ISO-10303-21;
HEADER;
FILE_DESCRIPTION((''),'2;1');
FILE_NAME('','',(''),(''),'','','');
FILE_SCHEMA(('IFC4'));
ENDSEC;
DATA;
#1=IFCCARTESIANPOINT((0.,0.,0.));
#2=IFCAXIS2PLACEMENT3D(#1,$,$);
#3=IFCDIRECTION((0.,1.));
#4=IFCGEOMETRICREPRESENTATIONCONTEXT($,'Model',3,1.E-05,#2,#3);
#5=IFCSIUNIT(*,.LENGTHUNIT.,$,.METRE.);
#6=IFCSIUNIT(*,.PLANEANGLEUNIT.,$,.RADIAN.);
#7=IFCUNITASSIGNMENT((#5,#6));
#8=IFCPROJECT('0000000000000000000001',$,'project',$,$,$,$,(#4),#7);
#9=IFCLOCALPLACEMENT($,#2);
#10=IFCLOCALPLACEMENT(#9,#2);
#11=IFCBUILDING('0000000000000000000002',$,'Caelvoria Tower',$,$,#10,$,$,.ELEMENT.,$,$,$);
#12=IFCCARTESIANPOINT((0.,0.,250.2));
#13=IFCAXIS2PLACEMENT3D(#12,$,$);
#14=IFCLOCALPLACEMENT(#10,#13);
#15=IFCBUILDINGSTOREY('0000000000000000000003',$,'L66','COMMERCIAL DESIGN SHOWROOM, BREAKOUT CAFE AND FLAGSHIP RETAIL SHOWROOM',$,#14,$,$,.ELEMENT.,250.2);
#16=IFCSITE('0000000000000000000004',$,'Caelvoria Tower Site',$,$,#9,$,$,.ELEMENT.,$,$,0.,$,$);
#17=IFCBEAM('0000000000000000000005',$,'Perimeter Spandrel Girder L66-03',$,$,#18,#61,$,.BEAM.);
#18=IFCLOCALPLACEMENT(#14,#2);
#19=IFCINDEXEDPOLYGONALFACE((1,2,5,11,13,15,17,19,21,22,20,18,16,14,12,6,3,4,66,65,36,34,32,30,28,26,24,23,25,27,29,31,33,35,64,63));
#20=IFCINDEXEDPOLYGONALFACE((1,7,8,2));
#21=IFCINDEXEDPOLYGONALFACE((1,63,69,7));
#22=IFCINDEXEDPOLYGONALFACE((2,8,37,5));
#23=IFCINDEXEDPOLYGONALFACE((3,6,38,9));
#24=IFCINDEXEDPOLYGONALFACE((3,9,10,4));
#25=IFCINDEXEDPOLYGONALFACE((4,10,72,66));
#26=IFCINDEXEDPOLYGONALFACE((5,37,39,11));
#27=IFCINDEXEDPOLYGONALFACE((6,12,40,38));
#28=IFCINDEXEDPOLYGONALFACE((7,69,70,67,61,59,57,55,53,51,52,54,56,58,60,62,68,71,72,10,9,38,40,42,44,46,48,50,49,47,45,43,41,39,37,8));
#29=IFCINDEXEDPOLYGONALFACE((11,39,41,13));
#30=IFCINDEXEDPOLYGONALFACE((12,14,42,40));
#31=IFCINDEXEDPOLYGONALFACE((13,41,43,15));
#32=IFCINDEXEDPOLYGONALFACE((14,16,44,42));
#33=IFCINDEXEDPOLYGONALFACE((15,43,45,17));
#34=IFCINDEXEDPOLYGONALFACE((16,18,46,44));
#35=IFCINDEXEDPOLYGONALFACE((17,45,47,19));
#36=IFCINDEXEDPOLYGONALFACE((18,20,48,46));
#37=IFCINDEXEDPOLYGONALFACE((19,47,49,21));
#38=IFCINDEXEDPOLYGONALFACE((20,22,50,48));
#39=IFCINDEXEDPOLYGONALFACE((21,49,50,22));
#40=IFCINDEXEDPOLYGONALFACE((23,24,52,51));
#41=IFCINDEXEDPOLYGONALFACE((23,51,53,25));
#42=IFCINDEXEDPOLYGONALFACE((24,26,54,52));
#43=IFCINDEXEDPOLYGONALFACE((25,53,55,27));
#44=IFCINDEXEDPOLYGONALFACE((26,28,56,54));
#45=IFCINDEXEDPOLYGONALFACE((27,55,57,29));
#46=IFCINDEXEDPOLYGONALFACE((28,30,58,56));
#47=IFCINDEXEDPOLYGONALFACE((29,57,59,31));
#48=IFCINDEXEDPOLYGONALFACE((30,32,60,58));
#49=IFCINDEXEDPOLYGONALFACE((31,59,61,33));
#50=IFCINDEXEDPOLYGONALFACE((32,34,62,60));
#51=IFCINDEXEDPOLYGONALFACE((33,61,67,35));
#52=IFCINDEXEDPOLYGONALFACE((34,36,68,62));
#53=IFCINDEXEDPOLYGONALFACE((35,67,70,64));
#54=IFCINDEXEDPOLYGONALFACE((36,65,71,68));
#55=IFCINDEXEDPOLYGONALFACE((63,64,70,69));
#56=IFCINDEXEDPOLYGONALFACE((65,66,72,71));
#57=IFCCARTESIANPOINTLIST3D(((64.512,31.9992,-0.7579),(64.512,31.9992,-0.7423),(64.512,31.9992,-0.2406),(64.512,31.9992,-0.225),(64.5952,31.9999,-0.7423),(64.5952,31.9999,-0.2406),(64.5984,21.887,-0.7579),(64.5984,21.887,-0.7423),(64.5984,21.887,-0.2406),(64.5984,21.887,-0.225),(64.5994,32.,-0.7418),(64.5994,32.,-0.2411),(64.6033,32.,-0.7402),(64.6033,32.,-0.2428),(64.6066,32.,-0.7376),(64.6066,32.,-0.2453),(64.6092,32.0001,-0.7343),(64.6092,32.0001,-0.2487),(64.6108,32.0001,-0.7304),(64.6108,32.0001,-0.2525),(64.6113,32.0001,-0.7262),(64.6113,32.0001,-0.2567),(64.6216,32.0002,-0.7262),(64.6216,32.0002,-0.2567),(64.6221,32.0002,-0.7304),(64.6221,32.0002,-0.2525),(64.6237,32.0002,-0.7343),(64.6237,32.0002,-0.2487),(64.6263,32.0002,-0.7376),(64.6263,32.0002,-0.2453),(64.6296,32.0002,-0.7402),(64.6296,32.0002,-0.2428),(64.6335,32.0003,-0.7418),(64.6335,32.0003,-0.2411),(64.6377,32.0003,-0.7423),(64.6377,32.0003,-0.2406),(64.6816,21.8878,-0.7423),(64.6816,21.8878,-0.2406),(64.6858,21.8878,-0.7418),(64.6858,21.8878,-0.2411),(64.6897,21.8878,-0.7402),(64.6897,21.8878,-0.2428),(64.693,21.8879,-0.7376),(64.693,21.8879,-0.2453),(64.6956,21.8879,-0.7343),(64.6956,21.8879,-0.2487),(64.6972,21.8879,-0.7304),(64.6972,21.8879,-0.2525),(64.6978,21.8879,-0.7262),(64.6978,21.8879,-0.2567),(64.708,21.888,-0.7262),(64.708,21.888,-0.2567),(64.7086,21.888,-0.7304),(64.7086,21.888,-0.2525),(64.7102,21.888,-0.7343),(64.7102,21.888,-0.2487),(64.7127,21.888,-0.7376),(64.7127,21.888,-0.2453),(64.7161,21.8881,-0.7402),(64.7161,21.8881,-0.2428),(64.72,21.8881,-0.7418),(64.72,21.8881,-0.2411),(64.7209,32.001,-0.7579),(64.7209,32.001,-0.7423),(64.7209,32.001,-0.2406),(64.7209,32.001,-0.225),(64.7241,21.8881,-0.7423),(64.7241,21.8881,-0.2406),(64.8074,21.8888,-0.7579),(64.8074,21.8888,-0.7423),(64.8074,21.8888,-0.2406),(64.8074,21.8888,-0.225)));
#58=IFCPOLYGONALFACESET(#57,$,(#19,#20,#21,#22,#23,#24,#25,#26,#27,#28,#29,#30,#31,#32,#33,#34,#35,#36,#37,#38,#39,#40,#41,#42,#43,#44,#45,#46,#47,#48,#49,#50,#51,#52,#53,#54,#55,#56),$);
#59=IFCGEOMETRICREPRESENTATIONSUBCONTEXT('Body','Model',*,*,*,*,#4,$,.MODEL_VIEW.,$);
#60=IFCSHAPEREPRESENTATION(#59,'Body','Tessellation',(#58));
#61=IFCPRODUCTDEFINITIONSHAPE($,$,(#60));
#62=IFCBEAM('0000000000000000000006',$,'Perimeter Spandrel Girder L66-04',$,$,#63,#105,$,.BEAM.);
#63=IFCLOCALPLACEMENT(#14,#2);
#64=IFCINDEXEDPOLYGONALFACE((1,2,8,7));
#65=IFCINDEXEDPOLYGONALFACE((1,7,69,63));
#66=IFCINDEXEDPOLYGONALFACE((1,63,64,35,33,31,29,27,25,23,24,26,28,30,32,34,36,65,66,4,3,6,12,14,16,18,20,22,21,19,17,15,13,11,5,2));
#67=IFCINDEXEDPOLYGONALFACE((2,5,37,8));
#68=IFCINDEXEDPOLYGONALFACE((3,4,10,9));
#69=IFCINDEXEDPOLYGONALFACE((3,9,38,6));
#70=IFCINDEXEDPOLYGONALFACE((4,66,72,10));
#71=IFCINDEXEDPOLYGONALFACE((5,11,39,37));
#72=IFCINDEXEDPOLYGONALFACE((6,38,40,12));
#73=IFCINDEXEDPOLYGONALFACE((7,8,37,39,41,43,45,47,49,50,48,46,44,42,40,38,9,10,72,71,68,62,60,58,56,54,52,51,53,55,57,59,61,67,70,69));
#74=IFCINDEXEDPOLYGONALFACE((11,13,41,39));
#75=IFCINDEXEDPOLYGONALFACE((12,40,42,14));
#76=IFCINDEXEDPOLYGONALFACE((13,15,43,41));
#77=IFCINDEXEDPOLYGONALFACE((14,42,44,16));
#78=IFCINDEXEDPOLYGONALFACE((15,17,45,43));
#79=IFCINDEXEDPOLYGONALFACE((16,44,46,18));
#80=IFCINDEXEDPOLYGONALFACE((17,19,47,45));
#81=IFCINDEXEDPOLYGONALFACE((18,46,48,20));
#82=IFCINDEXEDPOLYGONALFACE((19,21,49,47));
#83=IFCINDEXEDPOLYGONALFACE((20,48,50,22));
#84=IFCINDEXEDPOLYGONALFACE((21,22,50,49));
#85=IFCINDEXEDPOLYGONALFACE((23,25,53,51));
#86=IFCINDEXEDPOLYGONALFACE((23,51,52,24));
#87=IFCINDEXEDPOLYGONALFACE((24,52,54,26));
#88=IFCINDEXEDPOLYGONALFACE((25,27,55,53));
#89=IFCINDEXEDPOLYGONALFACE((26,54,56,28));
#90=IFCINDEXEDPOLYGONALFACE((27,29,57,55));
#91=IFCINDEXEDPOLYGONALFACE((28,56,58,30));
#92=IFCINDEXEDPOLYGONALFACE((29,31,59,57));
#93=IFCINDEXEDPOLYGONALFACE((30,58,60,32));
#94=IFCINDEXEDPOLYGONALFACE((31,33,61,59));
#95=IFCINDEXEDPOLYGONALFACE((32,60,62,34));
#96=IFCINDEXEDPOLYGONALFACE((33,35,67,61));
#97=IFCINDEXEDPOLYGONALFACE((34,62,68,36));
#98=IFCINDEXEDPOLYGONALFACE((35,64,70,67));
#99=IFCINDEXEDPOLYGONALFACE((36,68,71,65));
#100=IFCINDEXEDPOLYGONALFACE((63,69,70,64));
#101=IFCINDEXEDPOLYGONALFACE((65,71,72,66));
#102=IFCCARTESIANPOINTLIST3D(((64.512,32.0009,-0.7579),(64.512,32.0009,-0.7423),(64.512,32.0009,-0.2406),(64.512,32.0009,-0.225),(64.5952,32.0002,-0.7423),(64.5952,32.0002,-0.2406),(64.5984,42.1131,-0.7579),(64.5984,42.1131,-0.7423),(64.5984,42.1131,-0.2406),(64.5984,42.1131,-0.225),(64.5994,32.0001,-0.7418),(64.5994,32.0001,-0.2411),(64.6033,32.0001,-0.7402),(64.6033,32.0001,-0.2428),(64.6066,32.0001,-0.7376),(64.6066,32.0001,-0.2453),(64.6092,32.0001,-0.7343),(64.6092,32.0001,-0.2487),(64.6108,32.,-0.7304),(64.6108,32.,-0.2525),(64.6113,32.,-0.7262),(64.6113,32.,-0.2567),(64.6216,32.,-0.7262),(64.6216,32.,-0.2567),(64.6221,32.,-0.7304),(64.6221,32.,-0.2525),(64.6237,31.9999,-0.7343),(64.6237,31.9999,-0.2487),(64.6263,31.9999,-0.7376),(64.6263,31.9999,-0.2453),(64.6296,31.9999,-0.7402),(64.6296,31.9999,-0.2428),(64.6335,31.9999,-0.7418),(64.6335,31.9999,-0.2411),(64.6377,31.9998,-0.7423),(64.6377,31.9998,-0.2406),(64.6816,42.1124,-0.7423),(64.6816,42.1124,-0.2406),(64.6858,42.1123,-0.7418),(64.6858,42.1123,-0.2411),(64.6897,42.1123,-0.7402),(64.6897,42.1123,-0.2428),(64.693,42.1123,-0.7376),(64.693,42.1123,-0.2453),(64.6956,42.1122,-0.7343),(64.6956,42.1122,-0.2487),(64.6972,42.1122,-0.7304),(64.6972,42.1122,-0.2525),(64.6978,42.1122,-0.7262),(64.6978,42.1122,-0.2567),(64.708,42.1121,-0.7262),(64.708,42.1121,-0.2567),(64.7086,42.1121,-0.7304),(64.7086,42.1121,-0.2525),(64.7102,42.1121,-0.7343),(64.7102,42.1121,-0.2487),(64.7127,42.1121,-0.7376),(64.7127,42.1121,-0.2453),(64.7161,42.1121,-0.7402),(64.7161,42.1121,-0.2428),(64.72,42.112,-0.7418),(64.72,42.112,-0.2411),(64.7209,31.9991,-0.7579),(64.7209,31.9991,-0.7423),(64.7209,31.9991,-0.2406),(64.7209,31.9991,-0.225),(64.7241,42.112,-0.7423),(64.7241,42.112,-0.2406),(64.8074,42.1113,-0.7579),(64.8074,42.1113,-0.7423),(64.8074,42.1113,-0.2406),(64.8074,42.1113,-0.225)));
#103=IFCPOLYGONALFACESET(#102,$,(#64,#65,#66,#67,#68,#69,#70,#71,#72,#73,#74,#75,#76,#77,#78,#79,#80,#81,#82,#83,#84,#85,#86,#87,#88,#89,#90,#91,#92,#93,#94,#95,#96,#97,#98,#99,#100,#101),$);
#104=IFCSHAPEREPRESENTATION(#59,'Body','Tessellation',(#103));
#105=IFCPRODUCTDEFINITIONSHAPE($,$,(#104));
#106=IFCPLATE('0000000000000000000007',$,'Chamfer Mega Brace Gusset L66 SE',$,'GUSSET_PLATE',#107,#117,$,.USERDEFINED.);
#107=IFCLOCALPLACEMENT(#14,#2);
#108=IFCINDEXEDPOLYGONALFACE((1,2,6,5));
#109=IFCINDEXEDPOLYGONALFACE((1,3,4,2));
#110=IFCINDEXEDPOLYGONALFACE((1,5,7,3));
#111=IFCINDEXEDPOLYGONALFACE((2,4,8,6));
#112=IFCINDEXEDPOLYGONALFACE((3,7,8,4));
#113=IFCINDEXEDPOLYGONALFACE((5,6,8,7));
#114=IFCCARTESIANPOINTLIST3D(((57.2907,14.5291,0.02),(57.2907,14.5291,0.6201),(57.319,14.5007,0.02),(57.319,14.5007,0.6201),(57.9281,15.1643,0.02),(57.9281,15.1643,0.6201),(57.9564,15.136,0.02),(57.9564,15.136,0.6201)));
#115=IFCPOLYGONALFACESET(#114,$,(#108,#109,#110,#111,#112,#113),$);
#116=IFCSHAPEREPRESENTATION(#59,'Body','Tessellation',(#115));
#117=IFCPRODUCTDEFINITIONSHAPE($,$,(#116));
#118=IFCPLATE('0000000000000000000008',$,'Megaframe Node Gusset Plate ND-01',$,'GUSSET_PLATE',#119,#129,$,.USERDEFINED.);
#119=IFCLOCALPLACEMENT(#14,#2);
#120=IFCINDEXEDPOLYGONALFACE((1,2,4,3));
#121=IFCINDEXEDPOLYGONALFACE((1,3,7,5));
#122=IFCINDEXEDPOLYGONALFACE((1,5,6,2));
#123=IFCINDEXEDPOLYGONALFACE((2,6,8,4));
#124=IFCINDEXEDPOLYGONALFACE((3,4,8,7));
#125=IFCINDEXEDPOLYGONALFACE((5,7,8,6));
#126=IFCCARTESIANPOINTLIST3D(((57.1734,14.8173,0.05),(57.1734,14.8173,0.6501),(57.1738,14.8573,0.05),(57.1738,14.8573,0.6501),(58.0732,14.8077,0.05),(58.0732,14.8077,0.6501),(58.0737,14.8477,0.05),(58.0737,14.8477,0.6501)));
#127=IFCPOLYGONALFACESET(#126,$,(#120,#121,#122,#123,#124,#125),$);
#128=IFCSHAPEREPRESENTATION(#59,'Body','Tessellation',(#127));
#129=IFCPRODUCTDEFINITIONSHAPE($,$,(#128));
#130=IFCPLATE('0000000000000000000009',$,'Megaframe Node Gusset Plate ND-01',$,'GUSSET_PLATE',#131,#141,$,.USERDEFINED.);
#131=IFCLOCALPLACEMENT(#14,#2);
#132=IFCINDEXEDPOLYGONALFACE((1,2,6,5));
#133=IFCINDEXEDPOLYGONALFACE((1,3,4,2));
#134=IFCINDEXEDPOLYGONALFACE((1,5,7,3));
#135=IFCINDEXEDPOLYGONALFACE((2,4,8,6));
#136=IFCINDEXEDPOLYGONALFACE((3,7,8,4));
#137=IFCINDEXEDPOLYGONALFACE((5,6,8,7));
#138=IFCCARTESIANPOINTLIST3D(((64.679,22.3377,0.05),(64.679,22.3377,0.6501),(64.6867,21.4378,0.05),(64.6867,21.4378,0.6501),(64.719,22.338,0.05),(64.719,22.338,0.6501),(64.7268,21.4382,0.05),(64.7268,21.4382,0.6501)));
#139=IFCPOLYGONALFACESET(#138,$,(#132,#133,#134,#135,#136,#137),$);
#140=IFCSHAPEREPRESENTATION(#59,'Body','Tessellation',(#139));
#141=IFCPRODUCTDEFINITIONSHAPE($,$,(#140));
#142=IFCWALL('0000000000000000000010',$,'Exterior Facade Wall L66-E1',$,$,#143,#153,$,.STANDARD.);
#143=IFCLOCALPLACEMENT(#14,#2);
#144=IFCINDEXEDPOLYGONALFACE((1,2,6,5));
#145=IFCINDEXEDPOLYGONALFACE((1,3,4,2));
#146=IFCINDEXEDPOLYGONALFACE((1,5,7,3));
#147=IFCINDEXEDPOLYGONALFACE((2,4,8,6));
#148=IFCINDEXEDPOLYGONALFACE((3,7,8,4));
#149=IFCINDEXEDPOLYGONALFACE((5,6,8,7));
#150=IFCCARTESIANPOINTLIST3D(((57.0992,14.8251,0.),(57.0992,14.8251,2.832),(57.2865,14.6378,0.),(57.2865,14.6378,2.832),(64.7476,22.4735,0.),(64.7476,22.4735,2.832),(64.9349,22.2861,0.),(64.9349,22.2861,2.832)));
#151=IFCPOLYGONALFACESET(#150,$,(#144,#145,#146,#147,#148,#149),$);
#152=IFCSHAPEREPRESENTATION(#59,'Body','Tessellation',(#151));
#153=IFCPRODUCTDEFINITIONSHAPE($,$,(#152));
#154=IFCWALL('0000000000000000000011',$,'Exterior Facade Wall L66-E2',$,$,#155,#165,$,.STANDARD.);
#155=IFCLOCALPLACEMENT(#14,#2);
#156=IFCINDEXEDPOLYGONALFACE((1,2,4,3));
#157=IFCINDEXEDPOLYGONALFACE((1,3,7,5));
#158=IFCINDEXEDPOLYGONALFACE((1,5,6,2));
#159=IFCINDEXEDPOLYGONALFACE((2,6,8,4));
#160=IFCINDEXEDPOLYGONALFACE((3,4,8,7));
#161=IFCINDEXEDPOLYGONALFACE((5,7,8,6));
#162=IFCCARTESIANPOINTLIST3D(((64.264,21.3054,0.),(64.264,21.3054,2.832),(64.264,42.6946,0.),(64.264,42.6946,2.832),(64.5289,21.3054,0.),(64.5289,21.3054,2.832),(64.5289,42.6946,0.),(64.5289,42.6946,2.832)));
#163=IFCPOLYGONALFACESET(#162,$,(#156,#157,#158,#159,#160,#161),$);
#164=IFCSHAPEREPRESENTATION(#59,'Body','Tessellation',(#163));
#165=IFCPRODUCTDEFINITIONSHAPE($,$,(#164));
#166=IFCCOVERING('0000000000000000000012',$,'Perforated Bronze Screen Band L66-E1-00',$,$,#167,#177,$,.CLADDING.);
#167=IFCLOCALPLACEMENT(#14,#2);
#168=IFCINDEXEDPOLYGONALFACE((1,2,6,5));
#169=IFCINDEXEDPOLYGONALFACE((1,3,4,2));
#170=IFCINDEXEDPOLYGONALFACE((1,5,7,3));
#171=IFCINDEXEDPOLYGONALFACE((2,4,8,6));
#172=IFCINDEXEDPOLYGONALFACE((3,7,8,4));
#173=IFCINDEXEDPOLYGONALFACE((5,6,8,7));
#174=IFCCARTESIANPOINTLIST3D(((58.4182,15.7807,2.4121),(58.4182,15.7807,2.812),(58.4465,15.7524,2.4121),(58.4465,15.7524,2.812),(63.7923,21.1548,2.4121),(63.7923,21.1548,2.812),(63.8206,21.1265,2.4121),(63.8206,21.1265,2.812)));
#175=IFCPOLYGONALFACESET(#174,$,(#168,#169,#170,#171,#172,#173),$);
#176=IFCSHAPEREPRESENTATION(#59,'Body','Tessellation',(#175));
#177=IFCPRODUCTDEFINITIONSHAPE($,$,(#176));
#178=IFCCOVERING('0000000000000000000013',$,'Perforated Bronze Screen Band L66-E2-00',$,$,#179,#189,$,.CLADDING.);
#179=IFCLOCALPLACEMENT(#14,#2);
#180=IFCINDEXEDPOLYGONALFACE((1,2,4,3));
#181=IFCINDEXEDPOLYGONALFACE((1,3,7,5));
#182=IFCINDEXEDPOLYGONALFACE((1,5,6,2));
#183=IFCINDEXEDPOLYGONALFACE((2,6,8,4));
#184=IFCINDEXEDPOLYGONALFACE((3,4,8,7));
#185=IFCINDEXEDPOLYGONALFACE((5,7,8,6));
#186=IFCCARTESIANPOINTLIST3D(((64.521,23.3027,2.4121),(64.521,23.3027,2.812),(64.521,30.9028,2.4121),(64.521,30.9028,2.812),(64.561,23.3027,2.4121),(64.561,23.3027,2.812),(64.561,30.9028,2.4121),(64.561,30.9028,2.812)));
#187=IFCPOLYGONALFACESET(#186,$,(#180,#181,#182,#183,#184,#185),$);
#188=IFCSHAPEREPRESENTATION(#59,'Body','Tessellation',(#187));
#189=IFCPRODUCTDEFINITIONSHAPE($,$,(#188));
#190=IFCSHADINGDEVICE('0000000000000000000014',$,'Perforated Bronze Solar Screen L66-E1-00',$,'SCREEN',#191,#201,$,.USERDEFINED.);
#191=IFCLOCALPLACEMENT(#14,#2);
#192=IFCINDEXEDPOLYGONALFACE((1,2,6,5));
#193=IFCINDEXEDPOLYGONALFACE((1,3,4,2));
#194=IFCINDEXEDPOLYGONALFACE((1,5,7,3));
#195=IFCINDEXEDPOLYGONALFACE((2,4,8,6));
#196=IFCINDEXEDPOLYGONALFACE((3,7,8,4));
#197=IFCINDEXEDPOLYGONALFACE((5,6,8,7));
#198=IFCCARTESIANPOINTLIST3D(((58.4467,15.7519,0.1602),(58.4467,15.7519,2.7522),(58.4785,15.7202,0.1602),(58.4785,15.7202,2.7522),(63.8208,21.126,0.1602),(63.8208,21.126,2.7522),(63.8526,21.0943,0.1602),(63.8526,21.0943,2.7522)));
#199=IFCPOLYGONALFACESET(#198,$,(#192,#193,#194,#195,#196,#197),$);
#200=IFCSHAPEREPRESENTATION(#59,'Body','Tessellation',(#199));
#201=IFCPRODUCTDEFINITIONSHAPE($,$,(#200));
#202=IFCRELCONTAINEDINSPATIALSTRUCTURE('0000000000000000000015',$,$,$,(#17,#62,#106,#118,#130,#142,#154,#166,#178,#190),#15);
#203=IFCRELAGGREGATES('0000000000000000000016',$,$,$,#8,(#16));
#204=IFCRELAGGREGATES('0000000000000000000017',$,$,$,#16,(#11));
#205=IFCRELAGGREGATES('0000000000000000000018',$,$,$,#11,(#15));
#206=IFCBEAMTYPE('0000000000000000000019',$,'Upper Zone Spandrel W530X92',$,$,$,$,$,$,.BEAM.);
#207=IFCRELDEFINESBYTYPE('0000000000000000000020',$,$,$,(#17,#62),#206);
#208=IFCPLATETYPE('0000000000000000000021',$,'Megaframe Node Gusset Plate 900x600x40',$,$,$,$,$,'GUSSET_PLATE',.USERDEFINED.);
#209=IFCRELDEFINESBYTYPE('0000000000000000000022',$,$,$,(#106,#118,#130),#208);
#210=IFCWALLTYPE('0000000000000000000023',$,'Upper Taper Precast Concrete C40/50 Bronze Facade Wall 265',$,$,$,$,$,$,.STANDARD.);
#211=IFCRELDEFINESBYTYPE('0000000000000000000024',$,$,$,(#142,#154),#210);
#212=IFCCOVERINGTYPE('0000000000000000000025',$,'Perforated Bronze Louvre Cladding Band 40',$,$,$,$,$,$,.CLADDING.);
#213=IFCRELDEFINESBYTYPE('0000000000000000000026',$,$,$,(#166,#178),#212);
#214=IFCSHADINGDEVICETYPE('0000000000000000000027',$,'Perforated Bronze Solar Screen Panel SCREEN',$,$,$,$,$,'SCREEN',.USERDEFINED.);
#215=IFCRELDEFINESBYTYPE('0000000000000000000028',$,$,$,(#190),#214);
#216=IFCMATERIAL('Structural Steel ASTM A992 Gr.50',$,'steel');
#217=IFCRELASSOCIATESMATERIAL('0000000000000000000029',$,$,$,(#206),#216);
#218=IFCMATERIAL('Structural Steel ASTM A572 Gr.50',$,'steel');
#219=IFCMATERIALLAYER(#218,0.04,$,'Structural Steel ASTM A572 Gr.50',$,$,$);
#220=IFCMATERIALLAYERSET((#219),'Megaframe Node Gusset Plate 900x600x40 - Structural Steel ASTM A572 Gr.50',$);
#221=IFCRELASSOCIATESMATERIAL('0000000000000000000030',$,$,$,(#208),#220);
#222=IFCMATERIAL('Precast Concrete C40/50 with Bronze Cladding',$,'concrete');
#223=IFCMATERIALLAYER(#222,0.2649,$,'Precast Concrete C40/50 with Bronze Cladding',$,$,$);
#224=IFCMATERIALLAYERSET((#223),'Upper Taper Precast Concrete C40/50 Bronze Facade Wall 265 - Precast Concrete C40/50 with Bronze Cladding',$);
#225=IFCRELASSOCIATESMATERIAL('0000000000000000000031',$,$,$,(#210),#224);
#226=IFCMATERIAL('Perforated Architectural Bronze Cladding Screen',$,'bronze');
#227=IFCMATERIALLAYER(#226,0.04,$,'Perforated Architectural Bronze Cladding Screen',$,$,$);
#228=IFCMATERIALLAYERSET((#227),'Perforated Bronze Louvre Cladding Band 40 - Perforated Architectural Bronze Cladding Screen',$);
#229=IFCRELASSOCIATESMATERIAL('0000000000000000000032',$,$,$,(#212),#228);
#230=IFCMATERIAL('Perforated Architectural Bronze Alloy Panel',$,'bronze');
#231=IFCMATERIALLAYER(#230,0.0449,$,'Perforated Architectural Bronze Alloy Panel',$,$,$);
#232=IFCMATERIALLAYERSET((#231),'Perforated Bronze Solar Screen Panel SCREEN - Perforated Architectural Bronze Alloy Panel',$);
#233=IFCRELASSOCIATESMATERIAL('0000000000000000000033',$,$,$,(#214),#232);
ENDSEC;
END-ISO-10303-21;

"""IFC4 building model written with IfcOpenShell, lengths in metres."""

from ifc_helpers import new_model, si_unit, direction, frame, frame_2d, origin, origin_2d, place, context, subcontext, project, spatial, rectangle, i_section, extrude, material, layer, layer_set, material_profile, profile_set, type_object, element, save


model = new_model("IFC4")

# Units and contexts
model_context = context("Model", 3, precision=1e-05, world=origin(), true_north=direction((0.0, 1.0)))
body_context = subcontext(model_context, "Body", "Model", "MODEL_VIEW")
ifc_project = project(units=[si_unit("LENGTHUNIT", "METRE"), si_unit("PLANEANGLEUNIT", "RADIAN")], contexts=[model_context])

# Site, building, storey
site_placement = place(None, origin())
site = spatial("IfcSite", under=ifc_project, at=site_placement, Name="Caelvoria Tower Site", CompositionType="ELEMENT", RefElevation=0.0)
building_placement = place(site_placement, origin())
building = spatial("IfcBuilding", under=site, at=building_placement, Name="Caelvoria Tower", CompositionType="ELEMENT")
storey_placement = place(building_placement, frame((0.0, 0.0, 250.2)))
storey = spatial("IfcBuildingStorey", under=building, at=storey_placement, Name="L66", Description="COMMERCIAL DESIGN SHOWROOM, BREAKOUT CAFE AND FLAGSHIP RETAIL SHOWROOM", CompositionType="ELEMENT", Elevation=250.2)

# Shared definitions
ifc_material_1 = material(Name="Structural Steel ASTM A572 Gr.50", Category="steel")
ifc_material_2 = material(Name="Structural Steel ASTM A992 Gr.50", Category="steel")

# Beams
ifc_material_profile_1 = material_profile(ifc_material_2, i_section(OverallWidth=0.209, OverallDepth=0.533, WebThickness=0.0103, FlangeThickness=0.0156, FilletRadius=0.0161, at=origin_2d()), Name="Structural Steel ASTM A992 Gr.50")
ifc_profile_set_1 = profile_set([ifc_material_profile_1], Name="W530X92 - Structural Steel ASTM A992 Gr.50")
beam_type_1 = type_object("IfcBeamType", Name="Upper Zone Spandrel W530X92", PredefinedType="BEAM", material=ifc_profile_set_1)
for number, where, z_axis, x_axis, name in (
    (1, (64.7029, 21.8879, -0.4915), (-0.008546, 0.999963, 0.0), (-0.999963, -0.008546, 0.0), "Perimeter Spandrel Girder L66-03"),
    (2, (64.6165, 32.0, -0.4915), (0.008546, 0.999963, 0.0), (-0.999963, 0.008546, 0.0), "Perimeter Spandrel Girder L66-04"),
):
    element("IfcBeam", number, at=place(storey_placement, frame(where, z_axis=z_axis, x_axis=x_axis)), inside=storey, type_object=beam_type_1, Name=name, PredefinedType="BEAM", context=body_context, shape_type="SweptSolid", body=[
        extrude(i_section(OverallWidth=0.209, OverallDepth=0.533, WebThickness=0.0103, FlangeThickness=0.0156, FilletRadius=0.0161, at=origin_2d()), origin(), (0.0, 0.0, 1.0), 10.1125),
    ])

# Plates
ifc_layer_1 = layer(ifc_material_1, 0.04, Name="Structural Steel ASTM A572 Gr.50")
ifc_layer_set_1 = layer_set([ifc_layer_1], Name="Megaframe Node Gusset Plate 900x600x40 - Structural Steel ASTM A572 Gr.50")
plate_type = type_object("IfcPlateType", Name="Megaframe Node Gusset Plate 900x600x40", ElementType="GUSSET_PLATE", PredefinedType="USERDEFINED", material=ifc_layer_set_1)
for number, where, z_axis, x_axis, name in (
    (3, (57.6235, 14.8325, 0.02), (0.0, 0.0, 1.0), (0.708312, 0.7059, 0.0), "Chamfer Mega Brace Gusset L66 SE"),
    (4, (57.6235, 14.8325, 0.05), (0.0, 0.0, 1.0), (-0.999943, 0.01065, 0.0), "Megaframe Node Gusset Plate ND-01"),
    (5, (64.7029, 21.8879, 0.05), (0.0, 0.0, 1.0), (-0.008564, 0.999963, 0.0), "Megaframe Node Gusset Plate ND-01"),
):
    element("IfcPlate", number, at=place(storey_placement, frame(where, z_axis=z_axis, x_axis=x_axis)), inside=storey, type_object=plate_type, Name=name, ObjectType="GUSSET_PLATE", PredefinedType="USERDEFINED", context=body_context, shape_type="SweptSolid", body=[
        extrude(rectangle(XDim=0.8999, YDim=0.04, at=origin_2d()), origin(), (0.0, 0.0, 1.0), 0.6001),
    ])

# Walls
ifc_material_3 = material(Name="Precast Concrete C40/50 with Bronze Cladding", Category="concrete")
ifc_layer_2 = layer(ifc_material_3, 0.2649, Name="Precast Concrete C40/50 with Bronze Cladding")
ifc_layer_set_2 = layer_set([ifc_layer_2], Name="Upper Taper Precast Concrete C40/50 Bronze Facade Wall 265 - Precast Concrete C40/50 with Bronze Cladding")
wall_type = type_object("IfcWallType", Name="Upper Taper Precast Concrete C40/50 Bronze Facade Wall 265", PredefinedType="STANDARD", material=ifc_layer_set_2)
wall_1_placement = place(storey_placement, frame((57.1929, 14.7314, 0.0), z_axis=(0.0, 0.0, 1.0), x_axis=(0.707107, 0.707107, 0.0)))
element("IfcWall", 6, at=wall_1_placement, inside=storey, type_object=wall_type, Name="Exterior Facade Wall L66-E1", PredefinedType="STANDARD", context=body_context, shape_type="SweptSolid", body=[
    extrude(rectangle(XDim=10.8164, YDim=0.2649, at=frame_2d((5.4082, 0.0))), origin(), (0.0, 0.0, 1.0), 2.832),
])
wall_2_placement = place(storey_placement, frame((64.3965, 21.3054, 0.0), z_axis=(0.0, 0.0, 1.0), x_axis=(0.0, 1.0, 0.0)))
element("IfcWall", 7, at=wall_2_placement, inside=storey, type_object=wall_type, Name="Exterior Facade Wall L66-E2", PredefinedType="STANDARD", context=body_context, shape_type="SweptSolid", body=[
    extrude(rectangle(XDim=21.3892, YDim=0.2649, at=frame_2d((10.6946, 0.0))), origin(), (0.0, 0.0, 1.0), 2.832),
])

# Coverings
ifc_material_4 = material(Name="Perforated Architectural Bronze Cladding Screen", Category="bronze")
ifc_layer_3 = layer(ifc_material_4, 0.04, Name="Perforated Architectural Bronze Cladding Screen")
ifc_layer_set_3 = layer_set([ifc_layer_3], Name="Perforated Bronze Louvre Cladding Band 40 - Perforated Architectural Bronze Cladding Screen")
covering_type = type_object("IfcCoveringType", Name="Perforated Bronze Louvre Cladding Band 40", PredefinedType="CLADDING", material=ifc_layer_set_3)
for number, where, z_axis, x_axis, name in (
    (8, (61.1194, 18.4536, 2.4121), (0.0, 0.0, 1.0), (0.707107, 0.707107, 0.0), "Perforated Bronze Screen Band L66-E1-00"),
    (9, (64.541, 27.1028, 2.4121), (0.0, 0.0, 1.0), (0.0, 1.0, 0.0), "Perforated Bronze Screen Band L66-E2-00"),
):
    element("IfcCovering", number, at=place(storey_placement, frame(where, z_axis=z_axis, x_axis=x_axis)), inside=storey, type_object=covering_type, Name=name, PredefinedType="CLADDING", context=body_context, shape_type="SweptSolid", body=[
        extrude(rectangle(XDim=7.6001, YDim=0.04, at=origin_2d()), origin(), (0.0, 0.0, 1.0), 0.3999),
    ])

# Shading device
ifc_material_5 = material(Name="Perforated Architectural Bronze Alloy Panel", Category="bronze")
ifc_layer_4 = layer(ifc_material_5, 0.0449, Name="Perforated Architectural Bronze Alloy Panel")
ifc_layer_set_4 = layer_set([ifc_layer_4], Name="Perforated Bronze Solar Screen Panel SCREEN - Perforated Architectural Bronze Alloy Panel")
shading_device_type = type_object("IfcShadingDeviceType", Name="Perforated Bronze Solar Screen Panel SCREEN", ElementType="SCREEN", PredefinedType="USERDEFINED", material=ifc_layer_set_4)
for number, where, z_axis, x_axis, name in (
    (10, (61.1497, 18.4231, 0.1602), (0.0, 0.0, 1.0), (0.707107, 0.707107, 0.0), "Perforated Bronze Solar Screen L66-E1-00"),
):
    element("IfcShadingDevice", number, at=place(storey_placement, frame(where, z_axis=z_axis, x_axis=x_axis)), inside=storey, type_object=shading_device_type, Name=name, ObjectType="SCREEN", PredefinedType="USERDEFINED", context=body_context, shape_type="SweptSolid", body=[
        extrude(rectangle(XDim=7.6001, YDim=0.0449, at=origin_2d()), origin(), (0.0, 0.0, 1.0), 2.592),
    ])

save(model, "model.ifc")
